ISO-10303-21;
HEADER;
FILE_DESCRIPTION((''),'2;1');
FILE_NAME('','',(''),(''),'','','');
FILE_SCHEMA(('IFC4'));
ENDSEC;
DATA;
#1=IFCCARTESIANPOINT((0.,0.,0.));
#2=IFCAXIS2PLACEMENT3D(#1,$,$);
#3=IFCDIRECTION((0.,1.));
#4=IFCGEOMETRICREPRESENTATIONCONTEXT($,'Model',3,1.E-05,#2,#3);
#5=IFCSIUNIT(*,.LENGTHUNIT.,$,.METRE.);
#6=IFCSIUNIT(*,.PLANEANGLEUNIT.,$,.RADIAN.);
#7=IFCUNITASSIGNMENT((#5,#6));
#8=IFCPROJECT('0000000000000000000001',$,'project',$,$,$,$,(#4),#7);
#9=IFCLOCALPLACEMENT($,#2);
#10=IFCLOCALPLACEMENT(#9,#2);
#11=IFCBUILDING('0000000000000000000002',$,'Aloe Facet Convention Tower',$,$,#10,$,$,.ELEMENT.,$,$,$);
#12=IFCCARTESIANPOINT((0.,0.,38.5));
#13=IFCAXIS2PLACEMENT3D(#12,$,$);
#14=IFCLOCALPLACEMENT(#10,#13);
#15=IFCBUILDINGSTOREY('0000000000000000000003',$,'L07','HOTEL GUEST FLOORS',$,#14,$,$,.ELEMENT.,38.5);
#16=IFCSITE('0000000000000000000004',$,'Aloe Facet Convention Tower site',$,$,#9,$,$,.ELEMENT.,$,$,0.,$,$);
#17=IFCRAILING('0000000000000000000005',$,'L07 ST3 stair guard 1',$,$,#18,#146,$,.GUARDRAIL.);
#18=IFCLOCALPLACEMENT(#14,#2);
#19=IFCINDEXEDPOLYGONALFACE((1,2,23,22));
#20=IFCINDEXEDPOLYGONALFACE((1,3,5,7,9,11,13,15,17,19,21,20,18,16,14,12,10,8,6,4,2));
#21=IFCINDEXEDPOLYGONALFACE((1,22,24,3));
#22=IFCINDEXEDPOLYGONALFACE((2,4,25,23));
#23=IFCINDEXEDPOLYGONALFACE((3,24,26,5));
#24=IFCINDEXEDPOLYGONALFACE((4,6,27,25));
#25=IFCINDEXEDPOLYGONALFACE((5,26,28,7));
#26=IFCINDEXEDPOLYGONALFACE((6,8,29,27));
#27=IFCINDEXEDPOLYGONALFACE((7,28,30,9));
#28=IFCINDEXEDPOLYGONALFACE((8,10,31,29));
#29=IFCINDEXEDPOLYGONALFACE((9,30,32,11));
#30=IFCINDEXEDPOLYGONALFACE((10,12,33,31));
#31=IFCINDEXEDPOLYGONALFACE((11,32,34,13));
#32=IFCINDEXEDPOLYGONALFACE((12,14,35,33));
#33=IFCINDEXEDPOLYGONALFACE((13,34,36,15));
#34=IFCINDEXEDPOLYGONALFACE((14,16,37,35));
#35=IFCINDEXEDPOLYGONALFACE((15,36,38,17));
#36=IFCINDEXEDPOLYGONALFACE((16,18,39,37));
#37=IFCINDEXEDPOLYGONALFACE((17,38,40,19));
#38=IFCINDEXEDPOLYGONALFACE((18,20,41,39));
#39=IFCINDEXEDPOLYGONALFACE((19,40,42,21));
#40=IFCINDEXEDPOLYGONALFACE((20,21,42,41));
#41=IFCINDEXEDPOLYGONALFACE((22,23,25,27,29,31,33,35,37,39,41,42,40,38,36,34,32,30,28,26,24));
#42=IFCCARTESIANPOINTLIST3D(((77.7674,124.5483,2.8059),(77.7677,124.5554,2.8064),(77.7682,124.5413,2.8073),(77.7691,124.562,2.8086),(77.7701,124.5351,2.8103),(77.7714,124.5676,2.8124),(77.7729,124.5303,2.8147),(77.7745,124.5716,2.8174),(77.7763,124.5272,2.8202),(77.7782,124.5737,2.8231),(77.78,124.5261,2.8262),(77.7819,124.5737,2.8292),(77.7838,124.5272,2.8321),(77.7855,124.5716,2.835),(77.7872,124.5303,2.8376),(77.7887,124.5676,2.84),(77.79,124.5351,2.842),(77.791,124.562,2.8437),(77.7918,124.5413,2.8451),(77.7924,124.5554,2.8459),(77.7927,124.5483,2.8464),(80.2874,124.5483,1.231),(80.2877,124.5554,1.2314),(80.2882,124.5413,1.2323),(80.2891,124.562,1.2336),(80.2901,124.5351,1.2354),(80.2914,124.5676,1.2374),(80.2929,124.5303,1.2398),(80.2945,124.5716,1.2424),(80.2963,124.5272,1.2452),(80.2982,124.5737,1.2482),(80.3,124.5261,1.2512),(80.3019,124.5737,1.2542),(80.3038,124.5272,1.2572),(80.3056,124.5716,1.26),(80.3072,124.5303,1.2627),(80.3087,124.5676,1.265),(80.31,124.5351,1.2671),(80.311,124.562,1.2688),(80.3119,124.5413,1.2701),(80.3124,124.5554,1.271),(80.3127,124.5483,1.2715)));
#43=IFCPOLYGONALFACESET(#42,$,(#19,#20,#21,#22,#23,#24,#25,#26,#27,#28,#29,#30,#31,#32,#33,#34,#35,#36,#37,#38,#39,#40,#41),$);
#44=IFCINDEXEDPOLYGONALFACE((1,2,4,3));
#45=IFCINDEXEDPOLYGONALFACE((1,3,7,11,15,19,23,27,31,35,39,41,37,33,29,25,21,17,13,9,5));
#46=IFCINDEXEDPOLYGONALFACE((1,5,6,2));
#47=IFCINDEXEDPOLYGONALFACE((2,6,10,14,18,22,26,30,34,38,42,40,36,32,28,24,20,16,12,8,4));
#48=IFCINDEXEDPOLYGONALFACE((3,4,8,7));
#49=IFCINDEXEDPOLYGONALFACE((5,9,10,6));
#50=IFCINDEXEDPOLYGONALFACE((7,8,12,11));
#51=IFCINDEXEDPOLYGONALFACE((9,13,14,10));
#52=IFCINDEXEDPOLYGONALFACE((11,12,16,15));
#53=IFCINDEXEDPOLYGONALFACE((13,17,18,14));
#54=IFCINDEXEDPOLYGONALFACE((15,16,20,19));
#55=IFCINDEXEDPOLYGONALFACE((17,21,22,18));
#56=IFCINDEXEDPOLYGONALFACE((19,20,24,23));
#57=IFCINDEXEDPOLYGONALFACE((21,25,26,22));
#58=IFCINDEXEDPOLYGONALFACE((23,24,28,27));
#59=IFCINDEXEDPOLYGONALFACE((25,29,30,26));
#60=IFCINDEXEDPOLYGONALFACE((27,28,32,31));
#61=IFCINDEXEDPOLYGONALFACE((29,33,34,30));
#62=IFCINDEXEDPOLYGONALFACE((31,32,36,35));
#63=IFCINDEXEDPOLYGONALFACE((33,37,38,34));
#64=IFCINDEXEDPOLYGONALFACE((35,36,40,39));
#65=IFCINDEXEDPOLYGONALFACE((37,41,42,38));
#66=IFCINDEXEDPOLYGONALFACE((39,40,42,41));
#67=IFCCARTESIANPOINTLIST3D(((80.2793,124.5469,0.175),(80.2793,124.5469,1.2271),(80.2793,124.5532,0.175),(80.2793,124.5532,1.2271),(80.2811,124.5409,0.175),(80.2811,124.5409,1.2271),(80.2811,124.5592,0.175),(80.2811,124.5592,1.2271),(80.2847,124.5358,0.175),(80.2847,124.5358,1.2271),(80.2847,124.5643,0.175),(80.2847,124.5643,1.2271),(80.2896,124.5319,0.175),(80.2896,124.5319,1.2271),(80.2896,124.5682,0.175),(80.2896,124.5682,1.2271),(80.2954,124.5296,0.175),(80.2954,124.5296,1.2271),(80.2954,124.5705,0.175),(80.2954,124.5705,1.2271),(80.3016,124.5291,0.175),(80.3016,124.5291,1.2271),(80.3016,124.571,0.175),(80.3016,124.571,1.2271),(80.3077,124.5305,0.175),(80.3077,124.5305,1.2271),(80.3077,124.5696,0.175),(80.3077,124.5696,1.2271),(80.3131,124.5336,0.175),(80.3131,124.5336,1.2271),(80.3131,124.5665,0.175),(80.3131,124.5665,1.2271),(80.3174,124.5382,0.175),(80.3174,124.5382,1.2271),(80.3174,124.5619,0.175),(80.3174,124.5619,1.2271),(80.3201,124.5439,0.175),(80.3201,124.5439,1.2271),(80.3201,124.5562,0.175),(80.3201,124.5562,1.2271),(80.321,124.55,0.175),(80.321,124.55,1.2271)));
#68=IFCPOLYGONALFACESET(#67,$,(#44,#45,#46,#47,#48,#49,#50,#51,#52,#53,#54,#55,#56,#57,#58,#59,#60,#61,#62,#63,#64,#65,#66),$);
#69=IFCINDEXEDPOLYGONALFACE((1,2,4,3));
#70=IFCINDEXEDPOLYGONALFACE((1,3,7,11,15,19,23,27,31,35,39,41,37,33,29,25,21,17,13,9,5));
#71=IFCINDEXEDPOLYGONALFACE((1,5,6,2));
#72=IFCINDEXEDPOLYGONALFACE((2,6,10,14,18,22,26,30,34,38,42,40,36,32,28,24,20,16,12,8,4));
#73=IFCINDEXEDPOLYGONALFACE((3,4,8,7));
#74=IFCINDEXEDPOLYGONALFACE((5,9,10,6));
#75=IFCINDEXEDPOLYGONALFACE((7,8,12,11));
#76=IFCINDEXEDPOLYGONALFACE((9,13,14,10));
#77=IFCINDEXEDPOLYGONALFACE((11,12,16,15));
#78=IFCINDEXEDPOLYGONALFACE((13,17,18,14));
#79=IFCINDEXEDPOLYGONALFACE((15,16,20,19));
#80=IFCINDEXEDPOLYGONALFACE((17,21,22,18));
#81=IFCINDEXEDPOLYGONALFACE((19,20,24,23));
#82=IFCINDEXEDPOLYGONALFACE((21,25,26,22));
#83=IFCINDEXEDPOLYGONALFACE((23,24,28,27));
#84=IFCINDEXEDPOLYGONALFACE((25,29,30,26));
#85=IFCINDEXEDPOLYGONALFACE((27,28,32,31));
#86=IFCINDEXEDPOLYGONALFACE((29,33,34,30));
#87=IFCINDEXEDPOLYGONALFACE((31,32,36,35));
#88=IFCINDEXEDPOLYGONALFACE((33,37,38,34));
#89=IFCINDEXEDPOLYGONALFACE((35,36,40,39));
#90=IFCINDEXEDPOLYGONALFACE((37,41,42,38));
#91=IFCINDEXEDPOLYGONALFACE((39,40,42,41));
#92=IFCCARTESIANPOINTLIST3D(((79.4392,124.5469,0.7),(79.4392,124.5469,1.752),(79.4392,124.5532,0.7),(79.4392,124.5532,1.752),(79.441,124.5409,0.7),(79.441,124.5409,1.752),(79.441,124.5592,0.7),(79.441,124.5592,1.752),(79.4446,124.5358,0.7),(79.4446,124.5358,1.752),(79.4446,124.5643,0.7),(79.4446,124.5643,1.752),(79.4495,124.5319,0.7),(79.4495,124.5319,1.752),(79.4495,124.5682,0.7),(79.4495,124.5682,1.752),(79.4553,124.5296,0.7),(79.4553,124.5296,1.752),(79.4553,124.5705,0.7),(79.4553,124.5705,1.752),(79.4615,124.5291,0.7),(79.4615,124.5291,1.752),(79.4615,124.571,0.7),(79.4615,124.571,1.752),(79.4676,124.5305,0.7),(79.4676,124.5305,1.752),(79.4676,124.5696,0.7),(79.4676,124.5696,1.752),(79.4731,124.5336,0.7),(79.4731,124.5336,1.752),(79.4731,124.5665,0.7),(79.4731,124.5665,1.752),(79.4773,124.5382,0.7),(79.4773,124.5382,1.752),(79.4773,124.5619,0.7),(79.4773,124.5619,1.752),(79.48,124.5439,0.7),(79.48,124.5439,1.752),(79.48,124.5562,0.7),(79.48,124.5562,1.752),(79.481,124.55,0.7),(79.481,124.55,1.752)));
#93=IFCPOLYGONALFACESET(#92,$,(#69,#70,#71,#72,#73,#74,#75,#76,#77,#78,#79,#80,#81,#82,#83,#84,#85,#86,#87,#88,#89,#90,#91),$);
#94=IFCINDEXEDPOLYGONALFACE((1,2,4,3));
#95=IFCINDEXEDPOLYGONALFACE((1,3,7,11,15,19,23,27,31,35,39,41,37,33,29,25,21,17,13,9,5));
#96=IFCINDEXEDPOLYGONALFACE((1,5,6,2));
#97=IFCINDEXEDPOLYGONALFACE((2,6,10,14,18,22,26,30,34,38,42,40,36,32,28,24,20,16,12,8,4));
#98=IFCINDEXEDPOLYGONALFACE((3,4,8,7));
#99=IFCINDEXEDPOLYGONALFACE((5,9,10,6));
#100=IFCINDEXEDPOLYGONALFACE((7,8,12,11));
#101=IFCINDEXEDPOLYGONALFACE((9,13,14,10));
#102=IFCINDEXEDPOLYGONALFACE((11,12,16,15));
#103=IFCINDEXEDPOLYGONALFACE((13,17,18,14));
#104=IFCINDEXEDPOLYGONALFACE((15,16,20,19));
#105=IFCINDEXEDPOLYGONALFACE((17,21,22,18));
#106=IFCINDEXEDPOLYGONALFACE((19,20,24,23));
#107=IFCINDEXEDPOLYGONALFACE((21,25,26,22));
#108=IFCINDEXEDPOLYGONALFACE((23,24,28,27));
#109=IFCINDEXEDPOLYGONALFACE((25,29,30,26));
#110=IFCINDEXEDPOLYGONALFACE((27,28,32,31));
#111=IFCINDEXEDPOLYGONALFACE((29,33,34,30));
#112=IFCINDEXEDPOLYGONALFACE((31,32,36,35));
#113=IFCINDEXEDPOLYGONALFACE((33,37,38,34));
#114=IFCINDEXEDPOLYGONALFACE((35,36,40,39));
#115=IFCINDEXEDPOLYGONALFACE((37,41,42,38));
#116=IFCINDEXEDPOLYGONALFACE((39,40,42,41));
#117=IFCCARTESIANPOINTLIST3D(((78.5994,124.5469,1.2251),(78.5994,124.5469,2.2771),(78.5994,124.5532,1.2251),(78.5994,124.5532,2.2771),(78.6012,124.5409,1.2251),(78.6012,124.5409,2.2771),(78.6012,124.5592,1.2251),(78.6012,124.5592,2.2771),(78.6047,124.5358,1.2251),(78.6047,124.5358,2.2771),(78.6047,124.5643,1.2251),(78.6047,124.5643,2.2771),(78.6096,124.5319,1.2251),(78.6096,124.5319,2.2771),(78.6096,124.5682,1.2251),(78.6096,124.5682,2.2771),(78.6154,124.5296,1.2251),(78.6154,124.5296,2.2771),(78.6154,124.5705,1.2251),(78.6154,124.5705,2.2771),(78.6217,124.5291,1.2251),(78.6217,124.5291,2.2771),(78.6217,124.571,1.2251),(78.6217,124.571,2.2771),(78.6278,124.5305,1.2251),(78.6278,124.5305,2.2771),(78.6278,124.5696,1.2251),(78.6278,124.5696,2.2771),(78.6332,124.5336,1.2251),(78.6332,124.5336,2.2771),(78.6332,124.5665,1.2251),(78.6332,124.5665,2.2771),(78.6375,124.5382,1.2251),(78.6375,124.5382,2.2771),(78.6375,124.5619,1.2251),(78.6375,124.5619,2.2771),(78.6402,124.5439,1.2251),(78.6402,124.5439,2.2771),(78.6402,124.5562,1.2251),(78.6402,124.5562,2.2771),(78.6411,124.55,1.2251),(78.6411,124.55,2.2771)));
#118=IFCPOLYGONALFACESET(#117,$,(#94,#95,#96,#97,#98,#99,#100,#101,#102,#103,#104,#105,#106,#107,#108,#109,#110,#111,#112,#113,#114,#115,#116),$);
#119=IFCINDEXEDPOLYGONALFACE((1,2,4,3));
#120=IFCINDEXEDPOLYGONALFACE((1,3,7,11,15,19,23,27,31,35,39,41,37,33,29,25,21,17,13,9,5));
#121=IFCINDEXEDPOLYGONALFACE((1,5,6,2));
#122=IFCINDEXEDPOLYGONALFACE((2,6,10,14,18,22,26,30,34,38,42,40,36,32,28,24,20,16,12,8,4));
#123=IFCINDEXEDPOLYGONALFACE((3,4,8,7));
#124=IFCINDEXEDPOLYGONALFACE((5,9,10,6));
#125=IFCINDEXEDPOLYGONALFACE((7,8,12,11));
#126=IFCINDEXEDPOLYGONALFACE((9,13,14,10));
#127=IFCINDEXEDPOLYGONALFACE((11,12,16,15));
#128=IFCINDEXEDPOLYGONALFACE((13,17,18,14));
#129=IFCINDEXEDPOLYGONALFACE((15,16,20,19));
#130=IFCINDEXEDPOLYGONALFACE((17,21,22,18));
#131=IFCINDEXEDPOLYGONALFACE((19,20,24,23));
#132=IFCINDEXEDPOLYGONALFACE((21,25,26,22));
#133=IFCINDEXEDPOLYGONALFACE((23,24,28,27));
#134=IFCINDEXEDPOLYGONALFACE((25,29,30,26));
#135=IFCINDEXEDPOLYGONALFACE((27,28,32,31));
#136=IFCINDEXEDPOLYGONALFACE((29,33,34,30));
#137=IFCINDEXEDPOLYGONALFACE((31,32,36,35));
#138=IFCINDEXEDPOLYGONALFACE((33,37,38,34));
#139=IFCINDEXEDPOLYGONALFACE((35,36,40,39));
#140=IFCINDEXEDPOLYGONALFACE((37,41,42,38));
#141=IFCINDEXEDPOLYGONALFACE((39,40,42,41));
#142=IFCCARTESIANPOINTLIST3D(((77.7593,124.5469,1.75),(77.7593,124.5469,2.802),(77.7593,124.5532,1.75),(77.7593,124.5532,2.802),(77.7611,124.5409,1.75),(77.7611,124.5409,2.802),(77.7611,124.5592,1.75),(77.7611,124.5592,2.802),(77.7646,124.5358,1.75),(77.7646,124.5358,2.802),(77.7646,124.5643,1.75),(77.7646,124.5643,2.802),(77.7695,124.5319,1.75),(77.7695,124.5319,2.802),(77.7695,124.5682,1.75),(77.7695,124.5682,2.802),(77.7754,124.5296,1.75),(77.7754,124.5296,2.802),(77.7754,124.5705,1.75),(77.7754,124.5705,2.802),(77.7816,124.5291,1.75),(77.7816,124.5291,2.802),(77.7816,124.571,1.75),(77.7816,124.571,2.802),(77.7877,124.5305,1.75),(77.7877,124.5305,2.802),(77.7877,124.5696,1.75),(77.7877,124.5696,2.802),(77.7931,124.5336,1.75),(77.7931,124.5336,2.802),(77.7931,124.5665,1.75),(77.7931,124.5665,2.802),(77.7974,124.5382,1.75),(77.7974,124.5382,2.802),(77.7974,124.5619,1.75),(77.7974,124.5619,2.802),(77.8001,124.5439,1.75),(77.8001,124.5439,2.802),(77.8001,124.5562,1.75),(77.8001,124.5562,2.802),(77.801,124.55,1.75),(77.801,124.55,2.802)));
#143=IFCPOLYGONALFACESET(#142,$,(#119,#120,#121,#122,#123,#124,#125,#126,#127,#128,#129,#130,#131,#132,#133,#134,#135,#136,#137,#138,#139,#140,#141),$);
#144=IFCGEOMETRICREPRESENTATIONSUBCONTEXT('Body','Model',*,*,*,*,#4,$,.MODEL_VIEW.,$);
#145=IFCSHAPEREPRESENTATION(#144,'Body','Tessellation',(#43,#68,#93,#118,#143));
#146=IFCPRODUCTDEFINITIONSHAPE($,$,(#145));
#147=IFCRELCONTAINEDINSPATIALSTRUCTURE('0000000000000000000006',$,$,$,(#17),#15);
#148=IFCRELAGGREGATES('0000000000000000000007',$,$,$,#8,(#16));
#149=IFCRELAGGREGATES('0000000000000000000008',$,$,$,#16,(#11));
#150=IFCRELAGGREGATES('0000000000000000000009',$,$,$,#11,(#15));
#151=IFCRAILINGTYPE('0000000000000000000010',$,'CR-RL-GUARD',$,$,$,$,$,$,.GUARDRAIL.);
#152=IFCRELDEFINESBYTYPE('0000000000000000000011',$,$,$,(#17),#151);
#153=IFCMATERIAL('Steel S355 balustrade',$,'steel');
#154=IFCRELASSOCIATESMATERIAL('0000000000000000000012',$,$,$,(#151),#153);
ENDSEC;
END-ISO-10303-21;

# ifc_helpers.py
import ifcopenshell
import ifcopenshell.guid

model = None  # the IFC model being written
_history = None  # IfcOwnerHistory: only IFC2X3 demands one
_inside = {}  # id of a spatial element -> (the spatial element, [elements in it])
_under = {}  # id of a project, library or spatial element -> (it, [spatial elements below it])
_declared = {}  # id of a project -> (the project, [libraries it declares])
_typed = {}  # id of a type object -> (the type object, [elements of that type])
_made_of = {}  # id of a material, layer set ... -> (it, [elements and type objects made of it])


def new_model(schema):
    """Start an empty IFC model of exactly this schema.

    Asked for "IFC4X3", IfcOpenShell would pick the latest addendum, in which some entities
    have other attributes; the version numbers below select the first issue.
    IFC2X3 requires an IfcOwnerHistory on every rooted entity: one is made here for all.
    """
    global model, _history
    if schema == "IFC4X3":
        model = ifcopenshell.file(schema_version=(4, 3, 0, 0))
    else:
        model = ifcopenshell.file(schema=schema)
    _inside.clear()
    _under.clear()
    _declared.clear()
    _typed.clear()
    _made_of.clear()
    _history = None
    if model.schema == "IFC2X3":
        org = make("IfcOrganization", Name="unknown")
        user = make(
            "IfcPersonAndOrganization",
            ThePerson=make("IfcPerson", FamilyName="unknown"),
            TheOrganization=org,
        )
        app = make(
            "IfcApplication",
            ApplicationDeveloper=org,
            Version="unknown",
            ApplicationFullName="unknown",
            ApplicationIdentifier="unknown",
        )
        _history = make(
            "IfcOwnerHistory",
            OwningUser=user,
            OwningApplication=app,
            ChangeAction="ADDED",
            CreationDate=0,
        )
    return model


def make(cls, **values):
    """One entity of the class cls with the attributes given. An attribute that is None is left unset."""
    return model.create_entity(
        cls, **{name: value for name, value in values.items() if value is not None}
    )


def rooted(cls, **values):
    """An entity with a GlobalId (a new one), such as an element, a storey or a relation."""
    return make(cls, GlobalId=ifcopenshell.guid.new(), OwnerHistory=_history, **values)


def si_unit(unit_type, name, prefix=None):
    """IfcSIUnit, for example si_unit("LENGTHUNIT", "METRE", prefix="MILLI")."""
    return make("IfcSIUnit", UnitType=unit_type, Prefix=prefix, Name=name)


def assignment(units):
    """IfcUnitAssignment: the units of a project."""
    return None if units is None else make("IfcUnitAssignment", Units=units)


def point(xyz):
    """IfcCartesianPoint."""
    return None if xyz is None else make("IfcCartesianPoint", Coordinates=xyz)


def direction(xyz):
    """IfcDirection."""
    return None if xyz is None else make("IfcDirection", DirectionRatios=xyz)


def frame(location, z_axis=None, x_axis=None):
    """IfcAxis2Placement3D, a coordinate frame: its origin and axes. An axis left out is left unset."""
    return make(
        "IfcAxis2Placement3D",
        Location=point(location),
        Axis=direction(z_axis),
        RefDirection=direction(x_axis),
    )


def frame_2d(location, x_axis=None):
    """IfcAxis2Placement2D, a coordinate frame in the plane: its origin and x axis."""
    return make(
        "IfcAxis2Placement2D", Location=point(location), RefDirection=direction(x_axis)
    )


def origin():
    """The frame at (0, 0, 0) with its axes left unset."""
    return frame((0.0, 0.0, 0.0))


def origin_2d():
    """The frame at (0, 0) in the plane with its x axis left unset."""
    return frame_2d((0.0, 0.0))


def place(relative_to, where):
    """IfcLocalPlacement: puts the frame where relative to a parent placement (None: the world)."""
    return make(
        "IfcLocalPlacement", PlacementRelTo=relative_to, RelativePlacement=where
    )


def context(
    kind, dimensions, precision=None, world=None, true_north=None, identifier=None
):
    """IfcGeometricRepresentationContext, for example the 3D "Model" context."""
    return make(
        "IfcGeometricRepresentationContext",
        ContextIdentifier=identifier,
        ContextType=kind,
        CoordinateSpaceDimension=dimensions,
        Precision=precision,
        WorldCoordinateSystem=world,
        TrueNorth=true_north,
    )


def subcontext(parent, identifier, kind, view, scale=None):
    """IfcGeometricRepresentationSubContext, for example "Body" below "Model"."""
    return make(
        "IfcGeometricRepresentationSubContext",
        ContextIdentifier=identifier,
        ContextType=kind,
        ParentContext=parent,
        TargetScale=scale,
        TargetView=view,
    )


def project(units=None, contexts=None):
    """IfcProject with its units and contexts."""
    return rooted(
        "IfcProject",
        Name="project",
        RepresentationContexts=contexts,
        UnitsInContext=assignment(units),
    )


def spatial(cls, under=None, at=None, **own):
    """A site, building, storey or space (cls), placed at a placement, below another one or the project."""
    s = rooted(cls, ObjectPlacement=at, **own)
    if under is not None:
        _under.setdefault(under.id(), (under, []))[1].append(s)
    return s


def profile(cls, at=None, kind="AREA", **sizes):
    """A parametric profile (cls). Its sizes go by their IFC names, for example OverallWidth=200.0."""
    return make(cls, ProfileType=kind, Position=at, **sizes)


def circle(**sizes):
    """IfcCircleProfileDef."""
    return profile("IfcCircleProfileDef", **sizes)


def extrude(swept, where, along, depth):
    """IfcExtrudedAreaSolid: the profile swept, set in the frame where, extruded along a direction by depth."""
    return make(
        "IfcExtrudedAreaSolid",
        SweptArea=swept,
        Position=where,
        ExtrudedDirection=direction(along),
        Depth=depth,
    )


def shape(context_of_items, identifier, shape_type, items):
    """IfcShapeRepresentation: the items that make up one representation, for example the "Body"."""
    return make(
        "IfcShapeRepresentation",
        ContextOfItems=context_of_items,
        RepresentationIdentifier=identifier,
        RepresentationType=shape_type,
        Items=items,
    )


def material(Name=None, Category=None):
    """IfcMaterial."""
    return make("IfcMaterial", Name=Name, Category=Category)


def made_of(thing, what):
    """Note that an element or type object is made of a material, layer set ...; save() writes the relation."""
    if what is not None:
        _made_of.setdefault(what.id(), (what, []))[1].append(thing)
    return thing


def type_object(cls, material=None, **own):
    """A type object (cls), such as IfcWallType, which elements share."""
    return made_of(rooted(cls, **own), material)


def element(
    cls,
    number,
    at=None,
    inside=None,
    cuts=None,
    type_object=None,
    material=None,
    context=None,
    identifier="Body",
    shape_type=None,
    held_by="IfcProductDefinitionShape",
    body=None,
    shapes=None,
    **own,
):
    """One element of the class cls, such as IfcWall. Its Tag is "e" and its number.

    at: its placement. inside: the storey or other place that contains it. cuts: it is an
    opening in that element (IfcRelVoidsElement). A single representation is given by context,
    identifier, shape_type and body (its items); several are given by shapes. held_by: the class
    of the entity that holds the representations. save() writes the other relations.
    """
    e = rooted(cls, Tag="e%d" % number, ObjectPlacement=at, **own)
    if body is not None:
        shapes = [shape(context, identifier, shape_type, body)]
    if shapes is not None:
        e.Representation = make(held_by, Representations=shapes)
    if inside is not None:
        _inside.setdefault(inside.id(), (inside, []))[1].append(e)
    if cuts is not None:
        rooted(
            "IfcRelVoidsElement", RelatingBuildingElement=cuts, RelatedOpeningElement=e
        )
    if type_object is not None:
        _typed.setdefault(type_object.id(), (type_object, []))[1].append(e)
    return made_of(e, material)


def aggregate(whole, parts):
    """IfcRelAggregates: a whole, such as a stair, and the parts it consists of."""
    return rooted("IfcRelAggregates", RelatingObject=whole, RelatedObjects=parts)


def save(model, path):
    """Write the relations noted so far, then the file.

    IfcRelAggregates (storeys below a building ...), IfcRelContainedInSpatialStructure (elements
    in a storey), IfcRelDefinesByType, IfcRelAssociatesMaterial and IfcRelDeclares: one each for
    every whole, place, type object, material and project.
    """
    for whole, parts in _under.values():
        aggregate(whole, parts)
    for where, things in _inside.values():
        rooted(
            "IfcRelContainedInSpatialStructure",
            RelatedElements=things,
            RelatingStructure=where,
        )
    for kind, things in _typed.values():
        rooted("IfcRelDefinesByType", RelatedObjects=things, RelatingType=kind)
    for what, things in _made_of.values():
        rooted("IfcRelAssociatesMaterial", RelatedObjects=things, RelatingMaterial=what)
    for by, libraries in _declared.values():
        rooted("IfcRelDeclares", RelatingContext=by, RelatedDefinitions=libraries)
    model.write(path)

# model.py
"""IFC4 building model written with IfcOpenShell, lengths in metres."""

from ifc_helpers import new_model, si_unit, direction, frame, origin, origin_2d, place, context, subcontext, project, spatial, circle, extrude, material, type_object, element, save


model = new_model("IFC4")

# Units and contexts
model_context = context("Model", 3, precision=1e-05, world=origin(), true_north=direction((0.0, 1.0)))
body_context = subcontext(model_context, "Body", "Model", "MODEL_VIEW")
ifc_project = project(units=[si_unit("LENGTHUNIT", "METRE"), si_unit("PLANEANGLEUNIT", "RADIAN")], contexts=[model_context])

# Site, building, storey
site_placement = place(None, origin())
site = spatial("IfcSite", under=ifc_project, at=site_placement, Name="Aloe Facet Convention Tower site", CompositionType="ELEMENT", RefElevation=0.0)
building_placement = place(site_placement, origin())
building = spatial("IfcBuilding", under=site, at=building_placement, Name="Aloe Facet Convention Tower", CompositionType="ELEMENT")
storey_placement = place(building_placement, frame((0.0, 0.0, 38.5)))
storey = spatial("IfcBuildingStorey", under=building, at=storey_placement, Name="L07", Description="HOTEL GUEST FLOORS", CompositionType="ELEMENT", Elevation=38.5)

# Railing
ifc_material_1 = material(Name="Steel S355 balustrade", Category="steel")
railing_type_1 = type_object("IfcRailingType", Name="CR-RL-GUARD", PredefinedType="GUARDRAIL", material=ifc_material_1)
railing_1_placement = place(storey_placement, frame((80.3, 124.55, 0.175)))
element("IfcRailing", 1, at=railing_1_placement, inside=storey, type_object=railing_type_1, Name="L07 ST3 stair guard 1", PredefinedType="GUARDRAIL", context=body_context, shape_type="SweptSolid", body=[
    extrude(circle(Radius=0.0239, at=origin_2d()), frame((0.0, 0.0, 1.0762), z_axis=(-0.848008, 0.0, 0.529984), x_axis=(0.0, -1.0, 0.0)), (0.0, 0.0, 1.0), 2.9717),
    extrude(circle(Radius=0.021, at=origin_2d()), origin(), (0.0, 0.0, 1.0), 1.052),
    extrude(circle(Radius=0.021, at=origin_2d()), frame((-0.8401, 0.0, 0.5249)), (0.0, 0.0, 1.0), 1.052),
    extrude(circle(Radius=0.021, at=origin_2d()), frame((-1.6799, 0.0, 1.05)), (0.0, 0.0, 1.0), 1.052),
    extrude(circle(Radius=0.021, at=origin_2d()), frame((-2.52, 0.0, 1.575)), (0.0, 0.0, 1.0), 1.052),
])

save(model, "model.ifc")
